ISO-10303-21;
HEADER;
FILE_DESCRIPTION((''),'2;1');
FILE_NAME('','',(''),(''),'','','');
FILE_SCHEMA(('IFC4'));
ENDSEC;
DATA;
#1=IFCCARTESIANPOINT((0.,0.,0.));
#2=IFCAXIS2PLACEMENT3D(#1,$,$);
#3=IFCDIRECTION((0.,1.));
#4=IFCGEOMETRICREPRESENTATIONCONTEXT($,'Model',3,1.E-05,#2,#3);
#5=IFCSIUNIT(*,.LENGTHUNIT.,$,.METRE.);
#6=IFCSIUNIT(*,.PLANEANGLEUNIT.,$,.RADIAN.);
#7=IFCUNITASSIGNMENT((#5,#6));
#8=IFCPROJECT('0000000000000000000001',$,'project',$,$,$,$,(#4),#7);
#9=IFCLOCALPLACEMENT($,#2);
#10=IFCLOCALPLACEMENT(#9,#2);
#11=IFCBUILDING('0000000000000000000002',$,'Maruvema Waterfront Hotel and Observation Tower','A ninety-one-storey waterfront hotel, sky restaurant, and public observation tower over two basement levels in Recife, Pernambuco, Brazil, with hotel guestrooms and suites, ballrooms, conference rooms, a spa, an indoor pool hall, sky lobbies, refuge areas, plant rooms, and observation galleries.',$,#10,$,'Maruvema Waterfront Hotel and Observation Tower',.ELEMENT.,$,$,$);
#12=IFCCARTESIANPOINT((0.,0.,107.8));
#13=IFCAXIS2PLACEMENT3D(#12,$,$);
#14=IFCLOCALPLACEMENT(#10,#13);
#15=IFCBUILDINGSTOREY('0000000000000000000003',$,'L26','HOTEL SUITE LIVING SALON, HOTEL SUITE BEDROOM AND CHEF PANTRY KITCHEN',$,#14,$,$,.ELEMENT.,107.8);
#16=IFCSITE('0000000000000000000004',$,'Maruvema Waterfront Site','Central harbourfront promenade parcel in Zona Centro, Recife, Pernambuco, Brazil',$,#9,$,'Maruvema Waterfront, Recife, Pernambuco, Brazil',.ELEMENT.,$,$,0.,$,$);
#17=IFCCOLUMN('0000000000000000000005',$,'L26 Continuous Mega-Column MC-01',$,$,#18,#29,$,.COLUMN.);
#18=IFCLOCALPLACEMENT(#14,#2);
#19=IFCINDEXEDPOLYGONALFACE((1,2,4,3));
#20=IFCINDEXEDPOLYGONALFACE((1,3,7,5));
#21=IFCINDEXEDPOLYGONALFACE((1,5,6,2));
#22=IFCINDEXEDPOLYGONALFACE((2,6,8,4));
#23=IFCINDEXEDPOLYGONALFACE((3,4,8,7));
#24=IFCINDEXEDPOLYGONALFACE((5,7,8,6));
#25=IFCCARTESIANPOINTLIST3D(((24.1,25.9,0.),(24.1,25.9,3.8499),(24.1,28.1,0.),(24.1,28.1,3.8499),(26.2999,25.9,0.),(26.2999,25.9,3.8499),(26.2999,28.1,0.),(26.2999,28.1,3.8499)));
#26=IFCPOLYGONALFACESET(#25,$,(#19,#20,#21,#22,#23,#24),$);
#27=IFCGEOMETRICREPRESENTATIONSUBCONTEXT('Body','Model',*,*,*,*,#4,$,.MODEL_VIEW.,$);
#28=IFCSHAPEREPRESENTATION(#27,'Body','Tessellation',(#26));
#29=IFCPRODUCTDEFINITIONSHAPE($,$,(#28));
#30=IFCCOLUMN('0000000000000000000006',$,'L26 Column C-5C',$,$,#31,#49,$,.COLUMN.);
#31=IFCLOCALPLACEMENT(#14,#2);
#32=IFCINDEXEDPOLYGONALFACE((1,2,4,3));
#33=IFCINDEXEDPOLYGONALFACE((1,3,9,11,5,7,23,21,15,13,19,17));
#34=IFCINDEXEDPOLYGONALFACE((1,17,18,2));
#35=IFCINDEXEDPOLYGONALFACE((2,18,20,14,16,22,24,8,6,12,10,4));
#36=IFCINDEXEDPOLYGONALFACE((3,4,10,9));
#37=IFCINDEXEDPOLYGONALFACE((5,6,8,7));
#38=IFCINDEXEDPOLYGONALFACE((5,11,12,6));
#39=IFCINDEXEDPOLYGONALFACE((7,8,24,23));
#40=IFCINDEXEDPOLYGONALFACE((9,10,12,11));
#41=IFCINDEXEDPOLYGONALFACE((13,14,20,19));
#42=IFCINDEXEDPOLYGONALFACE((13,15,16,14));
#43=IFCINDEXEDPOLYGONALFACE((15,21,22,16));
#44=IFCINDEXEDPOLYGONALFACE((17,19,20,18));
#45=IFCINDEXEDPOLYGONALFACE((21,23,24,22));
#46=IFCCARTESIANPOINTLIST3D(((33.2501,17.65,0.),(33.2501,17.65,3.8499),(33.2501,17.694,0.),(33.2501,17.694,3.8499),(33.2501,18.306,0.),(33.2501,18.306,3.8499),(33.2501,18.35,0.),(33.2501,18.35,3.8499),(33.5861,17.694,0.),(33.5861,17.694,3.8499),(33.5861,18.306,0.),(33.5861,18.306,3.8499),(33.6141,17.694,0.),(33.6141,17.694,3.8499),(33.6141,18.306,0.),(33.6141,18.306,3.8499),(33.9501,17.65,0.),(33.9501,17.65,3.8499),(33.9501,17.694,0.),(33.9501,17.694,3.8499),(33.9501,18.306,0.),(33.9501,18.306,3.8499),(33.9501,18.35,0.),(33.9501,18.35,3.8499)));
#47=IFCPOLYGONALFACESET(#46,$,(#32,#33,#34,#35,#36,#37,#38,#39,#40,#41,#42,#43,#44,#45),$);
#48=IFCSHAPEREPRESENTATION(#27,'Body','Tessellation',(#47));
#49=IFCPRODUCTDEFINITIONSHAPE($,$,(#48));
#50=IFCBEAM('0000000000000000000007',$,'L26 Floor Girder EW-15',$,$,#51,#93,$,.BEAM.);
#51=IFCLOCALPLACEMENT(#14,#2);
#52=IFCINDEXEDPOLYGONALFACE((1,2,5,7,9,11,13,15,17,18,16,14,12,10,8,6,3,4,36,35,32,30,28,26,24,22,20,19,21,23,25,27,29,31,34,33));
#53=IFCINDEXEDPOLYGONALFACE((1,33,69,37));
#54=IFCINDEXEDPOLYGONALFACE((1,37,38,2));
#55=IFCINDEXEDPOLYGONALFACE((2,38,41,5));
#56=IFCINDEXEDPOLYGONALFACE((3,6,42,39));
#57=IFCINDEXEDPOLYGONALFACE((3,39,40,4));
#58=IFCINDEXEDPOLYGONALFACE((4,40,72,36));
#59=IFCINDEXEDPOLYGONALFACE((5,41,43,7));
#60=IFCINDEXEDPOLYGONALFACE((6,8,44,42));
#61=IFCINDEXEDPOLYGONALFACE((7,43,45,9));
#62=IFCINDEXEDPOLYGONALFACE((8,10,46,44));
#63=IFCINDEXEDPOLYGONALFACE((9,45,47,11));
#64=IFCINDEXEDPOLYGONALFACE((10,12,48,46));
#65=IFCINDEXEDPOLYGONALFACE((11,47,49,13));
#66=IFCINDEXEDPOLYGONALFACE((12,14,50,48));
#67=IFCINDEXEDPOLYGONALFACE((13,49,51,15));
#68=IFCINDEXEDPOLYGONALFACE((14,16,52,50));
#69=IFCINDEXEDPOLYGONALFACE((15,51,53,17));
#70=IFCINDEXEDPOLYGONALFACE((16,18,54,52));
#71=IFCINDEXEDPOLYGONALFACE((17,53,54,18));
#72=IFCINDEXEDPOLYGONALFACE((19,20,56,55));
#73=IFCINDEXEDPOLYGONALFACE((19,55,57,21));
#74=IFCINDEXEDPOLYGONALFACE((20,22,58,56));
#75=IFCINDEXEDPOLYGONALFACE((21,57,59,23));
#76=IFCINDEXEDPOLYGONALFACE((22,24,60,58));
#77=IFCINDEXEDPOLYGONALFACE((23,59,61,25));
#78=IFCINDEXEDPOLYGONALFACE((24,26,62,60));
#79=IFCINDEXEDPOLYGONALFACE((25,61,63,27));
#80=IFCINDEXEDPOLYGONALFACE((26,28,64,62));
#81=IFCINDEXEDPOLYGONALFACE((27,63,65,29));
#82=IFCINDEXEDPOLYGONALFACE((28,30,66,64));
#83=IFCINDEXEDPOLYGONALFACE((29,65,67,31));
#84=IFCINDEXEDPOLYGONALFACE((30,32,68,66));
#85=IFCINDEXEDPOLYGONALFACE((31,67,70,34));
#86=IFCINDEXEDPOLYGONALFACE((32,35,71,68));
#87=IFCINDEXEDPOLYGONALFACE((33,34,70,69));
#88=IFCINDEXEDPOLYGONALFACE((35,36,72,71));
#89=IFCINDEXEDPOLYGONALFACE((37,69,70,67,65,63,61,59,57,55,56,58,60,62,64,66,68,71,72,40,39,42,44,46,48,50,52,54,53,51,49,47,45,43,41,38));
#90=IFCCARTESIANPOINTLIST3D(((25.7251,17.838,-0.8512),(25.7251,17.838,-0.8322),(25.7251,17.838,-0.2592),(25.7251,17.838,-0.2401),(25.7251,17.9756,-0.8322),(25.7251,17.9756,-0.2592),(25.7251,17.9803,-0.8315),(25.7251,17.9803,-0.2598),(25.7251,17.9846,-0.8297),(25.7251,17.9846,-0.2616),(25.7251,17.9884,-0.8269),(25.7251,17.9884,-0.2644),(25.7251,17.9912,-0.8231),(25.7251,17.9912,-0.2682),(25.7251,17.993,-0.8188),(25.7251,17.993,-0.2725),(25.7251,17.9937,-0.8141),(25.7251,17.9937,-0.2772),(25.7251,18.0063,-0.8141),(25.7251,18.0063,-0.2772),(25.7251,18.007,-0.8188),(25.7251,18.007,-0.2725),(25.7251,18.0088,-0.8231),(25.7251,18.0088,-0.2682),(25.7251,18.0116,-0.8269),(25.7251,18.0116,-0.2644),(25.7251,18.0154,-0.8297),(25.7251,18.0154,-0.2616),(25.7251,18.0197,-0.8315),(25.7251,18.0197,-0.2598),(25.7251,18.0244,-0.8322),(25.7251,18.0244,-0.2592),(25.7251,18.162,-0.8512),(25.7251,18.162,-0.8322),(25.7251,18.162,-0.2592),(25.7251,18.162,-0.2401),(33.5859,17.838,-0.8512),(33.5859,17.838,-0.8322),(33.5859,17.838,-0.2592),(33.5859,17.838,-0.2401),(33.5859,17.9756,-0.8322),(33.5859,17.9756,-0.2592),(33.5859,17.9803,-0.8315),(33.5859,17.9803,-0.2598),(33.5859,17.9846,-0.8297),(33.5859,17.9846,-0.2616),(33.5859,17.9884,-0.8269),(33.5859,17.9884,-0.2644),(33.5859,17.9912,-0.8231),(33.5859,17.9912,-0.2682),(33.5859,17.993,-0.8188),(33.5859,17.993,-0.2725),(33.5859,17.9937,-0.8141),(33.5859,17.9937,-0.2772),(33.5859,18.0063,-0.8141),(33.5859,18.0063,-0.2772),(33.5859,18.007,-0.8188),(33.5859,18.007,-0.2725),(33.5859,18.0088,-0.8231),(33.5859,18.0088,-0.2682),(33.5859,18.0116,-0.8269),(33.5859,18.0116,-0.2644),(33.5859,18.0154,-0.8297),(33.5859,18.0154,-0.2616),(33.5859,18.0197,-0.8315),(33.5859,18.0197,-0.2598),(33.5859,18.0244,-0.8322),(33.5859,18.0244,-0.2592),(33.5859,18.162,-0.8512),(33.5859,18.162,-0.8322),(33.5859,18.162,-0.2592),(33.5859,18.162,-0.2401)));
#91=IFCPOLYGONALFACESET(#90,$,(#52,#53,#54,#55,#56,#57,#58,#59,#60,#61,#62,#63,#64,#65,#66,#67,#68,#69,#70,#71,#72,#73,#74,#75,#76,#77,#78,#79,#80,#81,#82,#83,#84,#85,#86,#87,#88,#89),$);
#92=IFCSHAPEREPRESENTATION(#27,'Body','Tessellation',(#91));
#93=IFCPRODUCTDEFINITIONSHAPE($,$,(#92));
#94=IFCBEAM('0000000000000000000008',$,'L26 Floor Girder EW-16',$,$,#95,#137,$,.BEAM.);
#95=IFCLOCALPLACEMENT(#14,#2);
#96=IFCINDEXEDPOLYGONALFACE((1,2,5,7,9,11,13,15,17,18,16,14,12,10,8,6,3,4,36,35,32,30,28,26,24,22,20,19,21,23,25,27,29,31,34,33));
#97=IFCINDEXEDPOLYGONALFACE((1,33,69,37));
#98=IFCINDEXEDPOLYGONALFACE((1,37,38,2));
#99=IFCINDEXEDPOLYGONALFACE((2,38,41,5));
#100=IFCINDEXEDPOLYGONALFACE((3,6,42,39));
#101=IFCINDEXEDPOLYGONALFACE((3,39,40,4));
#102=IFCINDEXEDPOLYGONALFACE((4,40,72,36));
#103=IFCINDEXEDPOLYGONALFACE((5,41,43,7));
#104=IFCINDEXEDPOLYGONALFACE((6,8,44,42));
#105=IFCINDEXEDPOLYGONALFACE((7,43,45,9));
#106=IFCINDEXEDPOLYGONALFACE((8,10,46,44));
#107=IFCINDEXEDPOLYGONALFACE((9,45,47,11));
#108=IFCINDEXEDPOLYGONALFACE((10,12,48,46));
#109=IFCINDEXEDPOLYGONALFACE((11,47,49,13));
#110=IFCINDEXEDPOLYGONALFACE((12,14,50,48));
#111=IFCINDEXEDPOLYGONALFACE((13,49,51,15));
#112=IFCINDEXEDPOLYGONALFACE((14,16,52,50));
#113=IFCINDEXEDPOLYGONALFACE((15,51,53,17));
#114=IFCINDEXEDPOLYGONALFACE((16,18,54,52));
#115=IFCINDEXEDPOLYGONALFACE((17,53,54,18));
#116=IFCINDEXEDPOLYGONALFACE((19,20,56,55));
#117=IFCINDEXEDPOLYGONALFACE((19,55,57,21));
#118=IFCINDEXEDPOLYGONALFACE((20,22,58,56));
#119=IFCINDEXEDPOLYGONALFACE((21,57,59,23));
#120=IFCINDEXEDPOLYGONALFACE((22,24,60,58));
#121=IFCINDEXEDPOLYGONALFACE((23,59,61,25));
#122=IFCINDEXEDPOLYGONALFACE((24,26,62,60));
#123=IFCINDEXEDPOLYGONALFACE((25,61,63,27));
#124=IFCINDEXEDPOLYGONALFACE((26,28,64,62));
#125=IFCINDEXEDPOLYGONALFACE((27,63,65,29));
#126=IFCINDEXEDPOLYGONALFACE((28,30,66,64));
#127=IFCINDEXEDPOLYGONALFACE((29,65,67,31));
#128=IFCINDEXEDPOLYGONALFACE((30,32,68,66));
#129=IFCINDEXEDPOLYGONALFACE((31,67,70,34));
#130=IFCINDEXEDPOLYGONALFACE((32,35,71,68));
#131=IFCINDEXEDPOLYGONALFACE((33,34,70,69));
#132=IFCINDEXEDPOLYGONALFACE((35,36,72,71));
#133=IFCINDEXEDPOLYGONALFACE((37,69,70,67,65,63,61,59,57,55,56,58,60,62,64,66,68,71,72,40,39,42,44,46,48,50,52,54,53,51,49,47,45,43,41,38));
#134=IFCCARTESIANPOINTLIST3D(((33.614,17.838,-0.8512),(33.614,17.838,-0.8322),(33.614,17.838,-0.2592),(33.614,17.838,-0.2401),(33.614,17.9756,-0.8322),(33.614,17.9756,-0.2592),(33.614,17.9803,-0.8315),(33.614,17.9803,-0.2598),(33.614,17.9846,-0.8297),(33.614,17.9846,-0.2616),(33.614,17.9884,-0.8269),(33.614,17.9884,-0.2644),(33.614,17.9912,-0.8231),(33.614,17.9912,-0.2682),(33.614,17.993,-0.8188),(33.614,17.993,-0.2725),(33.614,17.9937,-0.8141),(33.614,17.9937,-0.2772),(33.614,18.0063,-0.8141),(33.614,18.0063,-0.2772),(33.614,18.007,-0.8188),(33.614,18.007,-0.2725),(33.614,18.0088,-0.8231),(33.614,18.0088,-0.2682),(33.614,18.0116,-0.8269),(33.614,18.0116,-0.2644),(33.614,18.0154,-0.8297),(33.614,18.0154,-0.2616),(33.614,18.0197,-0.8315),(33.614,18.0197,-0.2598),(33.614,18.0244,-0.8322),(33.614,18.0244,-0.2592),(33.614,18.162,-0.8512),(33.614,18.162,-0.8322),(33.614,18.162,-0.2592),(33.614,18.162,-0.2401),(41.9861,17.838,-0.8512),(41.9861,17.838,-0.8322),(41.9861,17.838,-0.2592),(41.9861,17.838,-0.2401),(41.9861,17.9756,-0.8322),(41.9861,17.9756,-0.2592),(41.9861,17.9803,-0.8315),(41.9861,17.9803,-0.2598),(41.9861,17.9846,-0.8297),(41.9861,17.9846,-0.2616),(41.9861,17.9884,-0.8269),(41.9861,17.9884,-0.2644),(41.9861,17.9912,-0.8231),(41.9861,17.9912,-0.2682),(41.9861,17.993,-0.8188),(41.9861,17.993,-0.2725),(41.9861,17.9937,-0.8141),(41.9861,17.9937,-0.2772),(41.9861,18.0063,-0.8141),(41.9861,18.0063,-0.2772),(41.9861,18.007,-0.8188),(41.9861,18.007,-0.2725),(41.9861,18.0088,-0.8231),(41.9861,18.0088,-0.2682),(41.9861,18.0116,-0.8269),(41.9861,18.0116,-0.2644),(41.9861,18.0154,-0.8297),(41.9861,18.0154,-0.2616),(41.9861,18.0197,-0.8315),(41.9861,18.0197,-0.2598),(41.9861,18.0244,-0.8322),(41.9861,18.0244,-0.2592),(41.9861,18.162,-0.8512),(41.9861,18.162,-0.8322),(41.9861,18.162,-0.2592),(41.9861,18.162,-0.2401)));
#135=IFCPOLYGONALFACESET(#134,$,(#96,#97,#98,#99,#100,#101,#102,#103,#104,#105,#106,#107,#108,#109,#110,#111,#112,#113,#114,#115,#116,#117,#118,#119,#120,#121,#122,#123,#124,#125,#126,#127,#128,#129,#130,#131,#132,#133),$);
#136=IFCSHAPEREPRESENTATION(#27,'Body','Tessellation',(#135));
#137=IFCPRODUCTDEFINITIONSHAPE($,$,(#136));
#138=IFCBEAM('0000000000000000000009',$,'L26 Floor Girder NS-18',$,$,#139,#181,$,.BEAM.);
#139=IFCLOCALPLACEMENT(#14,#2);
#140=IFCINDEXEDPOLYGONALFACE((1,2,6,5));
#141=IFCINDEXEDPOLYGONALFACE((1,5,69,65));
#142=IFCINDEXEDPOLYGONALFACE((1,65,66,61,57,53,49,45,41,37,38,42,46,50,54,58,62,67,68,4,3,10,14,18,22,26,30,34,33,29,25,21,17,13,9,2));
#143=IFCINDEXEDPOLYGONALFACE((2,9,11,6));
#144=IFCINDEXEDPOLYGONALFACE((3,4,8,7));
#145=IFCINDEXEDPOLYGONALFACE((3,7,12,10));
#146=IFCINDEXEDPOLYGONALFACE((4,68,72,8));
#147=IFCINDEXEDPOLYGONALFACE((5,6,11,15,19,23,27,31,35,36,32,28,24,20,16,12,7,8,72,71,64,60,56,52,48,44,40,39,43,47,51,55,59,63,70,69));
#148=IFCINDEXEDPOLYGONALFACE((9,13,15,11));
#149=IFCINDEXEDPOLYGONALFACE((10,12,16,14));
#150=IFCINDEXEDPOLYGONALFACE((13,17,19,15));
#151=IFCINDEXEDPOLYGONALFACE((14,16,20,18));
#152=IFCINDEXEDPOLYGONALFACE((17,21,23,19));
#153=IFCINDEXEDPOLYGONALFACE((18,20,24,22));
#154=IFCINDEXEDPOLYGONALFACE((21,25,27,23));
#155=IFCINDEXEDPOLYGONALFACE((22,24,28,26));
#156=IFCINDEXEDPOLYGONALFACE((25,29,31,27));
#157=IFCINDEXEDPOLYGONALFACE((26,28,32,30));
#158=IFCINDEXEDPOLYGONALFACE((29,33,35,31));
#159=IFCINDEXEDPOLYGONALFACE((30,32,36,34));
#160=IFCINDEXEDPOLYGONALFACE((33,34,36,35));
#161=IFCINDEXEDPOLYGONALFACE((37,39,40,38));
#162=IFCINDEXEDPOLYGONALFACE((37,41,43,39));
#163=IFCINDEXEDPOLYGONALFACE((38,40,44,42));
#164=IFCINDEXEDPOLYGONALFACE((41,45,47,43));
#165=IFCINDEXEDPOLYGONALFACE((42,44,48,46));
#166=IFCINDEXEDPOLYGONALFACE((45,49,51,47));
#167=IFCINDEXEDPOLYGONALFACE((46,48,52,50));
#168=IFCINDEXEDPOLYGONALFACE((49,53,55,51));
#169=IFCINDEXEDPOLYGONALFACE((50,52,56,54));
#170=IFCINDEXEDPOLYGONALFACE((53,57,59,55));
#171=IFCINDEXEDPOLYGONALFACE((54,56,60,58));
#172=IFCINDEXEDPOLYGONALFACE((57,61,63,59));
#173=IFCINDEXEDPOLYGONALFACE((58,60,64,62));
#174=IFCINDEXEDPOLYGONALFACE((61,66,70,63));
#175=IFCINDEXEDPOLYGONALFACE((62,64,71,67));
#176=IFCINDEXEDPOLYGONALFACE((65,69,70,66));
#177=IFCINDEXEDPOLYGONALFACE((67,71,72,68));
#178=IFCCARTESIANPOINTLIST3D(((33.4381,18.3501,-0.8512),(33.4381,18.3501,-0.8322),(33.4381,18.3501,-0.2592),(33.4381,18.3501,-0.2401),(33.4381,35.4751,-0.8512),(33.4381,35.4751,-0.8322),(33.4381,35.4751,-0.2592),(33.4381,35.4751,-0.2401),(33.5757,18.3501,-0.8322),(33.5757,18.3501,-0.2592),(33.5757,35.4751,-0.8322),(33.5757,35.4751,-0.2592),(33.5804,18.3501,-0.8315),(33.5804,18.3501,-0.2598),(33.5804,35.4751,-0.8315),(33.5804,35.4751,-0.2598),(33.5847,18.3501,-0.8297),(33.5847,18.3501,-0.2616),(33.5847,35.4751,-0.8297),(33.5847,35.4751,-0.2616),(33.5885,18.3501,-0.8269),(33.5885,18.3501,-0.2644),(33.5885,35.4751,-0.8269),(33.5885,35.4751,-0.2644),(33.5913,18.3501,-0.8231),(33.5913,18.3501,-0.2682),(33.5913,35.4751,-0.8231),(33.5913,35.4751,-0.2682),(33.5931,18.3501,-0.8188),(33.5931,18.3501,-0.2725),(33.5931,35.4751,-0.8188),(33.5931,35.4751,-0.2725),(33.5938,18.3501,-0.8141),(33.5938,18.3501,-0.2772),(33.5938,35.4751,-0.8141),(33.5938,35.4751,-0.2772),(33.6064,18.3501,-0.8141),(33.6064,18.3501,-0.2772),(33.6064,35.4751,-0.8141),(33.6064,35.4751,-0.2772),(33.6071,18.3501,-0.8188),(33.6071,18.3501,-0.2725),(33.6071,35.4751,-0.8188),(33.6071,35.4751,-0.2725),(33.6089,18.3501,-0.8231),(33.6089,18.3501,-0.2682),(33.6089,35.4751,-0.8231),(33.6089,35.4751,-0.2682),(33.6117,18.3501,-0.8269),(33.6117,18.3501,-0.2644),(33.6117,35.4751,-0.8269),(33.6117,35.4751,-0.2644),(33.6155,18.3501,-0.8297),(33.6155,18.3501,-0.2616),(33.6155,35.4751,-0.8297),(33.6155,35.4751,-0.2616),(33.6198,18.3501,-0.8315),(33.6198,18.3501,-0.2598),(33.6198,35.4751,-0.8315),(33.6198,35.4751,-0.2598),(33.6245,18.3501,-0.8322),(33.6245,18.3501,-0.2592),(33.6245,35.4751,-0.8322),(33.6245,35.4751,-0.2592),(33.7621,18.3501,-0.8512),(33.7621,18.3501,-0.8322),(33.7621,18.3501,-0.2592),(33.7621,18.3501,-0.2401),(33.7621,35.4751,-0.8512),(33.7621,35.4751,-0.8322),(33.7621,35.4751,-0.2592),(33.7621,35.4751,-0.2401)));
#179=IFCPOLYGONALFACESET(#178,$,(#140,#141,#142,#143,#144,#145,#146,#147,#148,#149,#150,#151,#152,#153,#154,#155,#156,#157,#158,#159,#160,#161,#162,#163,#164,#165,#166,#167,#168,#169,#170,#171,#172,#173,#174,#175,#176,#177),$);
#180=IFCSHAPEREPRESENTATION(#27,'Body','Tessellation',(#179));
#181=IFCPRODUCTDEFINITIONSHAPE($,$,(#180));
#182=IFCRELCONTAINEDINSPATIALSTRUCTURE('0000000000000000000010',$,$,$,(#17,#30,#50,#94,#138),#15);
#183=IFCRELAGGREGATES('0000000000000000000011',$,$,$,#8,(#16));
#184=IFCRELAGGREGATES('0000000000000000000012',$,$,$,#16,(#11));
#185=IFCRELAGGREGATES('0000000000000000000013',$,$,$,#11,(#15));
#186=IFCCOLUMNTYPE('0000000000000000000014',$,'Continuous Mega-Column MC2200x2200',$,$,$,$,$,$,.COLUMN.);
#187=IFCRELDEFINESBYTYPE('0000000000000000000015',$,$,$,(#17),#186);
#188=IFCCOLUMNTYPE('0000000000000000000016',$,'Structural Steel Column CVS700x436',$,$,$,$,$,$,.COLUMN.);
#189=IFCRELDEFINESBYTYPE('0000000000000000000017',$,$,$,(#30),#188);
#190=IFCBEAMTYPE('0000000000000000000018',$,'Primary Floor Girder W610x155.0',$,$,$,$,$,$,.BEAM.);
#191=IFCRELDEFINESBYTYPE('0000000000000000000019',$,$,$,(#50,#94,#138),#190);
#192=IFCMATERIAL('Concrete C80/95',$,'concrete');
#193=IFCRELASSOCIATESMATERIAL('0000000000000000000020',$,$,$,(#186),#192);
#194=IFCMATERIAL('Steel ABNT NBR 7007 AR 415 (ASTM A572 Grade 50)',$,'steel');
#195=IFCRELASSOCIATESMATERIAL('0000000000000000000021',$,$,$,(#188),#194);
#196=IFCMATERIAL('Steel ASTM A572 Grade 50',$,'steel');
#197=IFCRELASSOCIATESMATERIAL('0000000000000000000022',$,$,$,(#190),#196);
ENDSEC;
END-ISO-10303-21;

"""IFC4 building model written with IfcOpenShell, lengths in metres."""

from ifc_helpers import new_model, si_unit, direction, frame, origin, origin_2d, place, context, subcontext, project, spatial, rectangle, i_section, extrude, material, material_profile, profile_set, type_object, element, save


model = new_model("IFC4")

# Units and contexts
model_context = context("Model", 3, precision=1e-05, world=origin(), true_north=direction((0.0, 1.0)))
body_context = subcontext(model_context, "Body", "Model", "MODEL_VIEW")
ifc_project = project(units=[si_unit("LENGTHUNIT", "METRE"), si_unit("PLANEANGLEUNIT", "RADIAN")], contexts=[model_context])

# Site, building, storey
site_placement = place(None, origin())
site = spatial("IfcSite", under=ifc_project, at=site_placement, Name="Maruvema Waterfront Site", Description="Central harbourfront promenade parcel in Zona Centro, Recife, Pernambuco, Brazil", LongName="Maruvema Waterfront, Recife, Pernambuco, Brazil", CompositionType="ELEMENT", RefElevation=0.0)
building_placement = place(site_placement, origin())
building = spatial("IfcBuilding", under=site, at=building_placement, Name="Maruvema Waterfront Hotel and Observation Tower", Description="A ninety-one-storey waterfront hotel, sky restaurant, and public observation tower over two basement levels in Recife, Pernambuco, Brazil, with hotel guestrooms and suites, ballrooms, conference rooms, a spa, an indoor pool hall, sky lobbies, refuge areas, plant rooms, and observation galleries.", LongName="Maruvema Waterfront Hotel and Observation Tower", CompositionType="ELEMENT")
storey_placement = place(building_placement, frame((0.0, 0.0, 107.8)))
storey = spatial("IfcBuildingStorey", under=building, at=storey_placement, Name="L26", Description="HOTEL SUITE LIVING SALON, HOTEL SUITE BEDROOM AND CHEF PANTRY KITCHEN", CompositionType="ELEMENT", Elevation=107.8)

# Columns
ifc_material_1 = material(Name="Concrete C80/95", Category="concrete")
ifc_material_profile_1 = material_profile(ifc_material_1, rectangle(XDim=2.2, YDim=2.2, at=origin_2d()), Name="MC2200x2200")
ifc_profile_set_1 = profile_set([ifc_material_profile_1], Name="Concrete C80/95")
column_type_1 = type_object("IfcColumnType", Name="Continuous Mega-Column MC2200x2200", PredefinedType="COLUMN", material=ifc_profile_set_1)
column_1_placement = place(storey_placement, frame((25.2, 27.0, 0.0), z_axis=(0.0, 0.0, 1.0), x_axis=(1.0, 0.0, 0.0)))
element("IfcColumn", 1, at=column_1_placement, inside=storey, type_object=column_type_1, Name="L26 Continuous Mega-Column MC-01", PredefinedType="COLUMN", context=body_context, shape_type="SweptSolid", body=[
    extrude(rectangle(XDim=2.2, YDim=2.2, at=origin_2d()), origin(), (0.0, 0.0, 1.0), 3.8499),
])
ifc_material_2 = material(Name="Steel ABNT NBR 7007 AR 415 (ASTM A572 Grade 50)", Category="steel")
ifc_material_profile_2 = material_profile(ifc_material_2, i_section(OverallWidth=0.7, OverallDepth=0.7, WebThickness=0.0281, FlangeThickness=0.0439, at=origin_2d()), Name="CVS700x436")
ifc_profile_set_2 = profile_set([ifc_material_profile_2], Name="Steel ABNT NBR 7007 AR 415 (ASTM A572 Grade 50)")
column_type_2 = type_object("IfcColumnType", Name="Structural Steel Column CVS700x436", PredefinedType="COLUMN", material=ifc_profile_set_2)
column_2_placement = place(storey_placement, frame((33.6001, 18.0, 0.0), z_axis=(0.0, 0.0, 1.0), x_axis=(1.0, 0.0, 0.0)))
element("IfcColumn", 2, at=column_2_placement, inside=storey, type_object=column_type_2, Name="L26 Column C-5C", PredefinedType="COLUMN", context=body_context, shape_type="SweptSolid", body=[
    extrude(i_section(OverallWidth=0.7, OverallDepth=0.7, WebThickness=0.0281, FlangeThickness=0.0439, at=origin_2d()), origin(), (0.0, 0.0, 1.0), 3.8499),
])

# Beams
ifc_material_3 = material(Name="Steel ASTM A572 Grade 50", Category="steel")
ifc_material_profile_3 = material_profile(ifc_material_3, i_section(OverallWidth=0.324, OverallDepth=0.6111, WebThickness=0.0127, FlangeThickness=0.019, FilletRadius=0.0181, at=origin_2d()), Name="W610x155.0")
ifc_profile_set_3 = profile_set([ifc_material_profile_3], Name="Steel ASTM A572 Grade 50")
beam_type_1 = type_object("IfcBeamType", Name="Primary Floor Girder W610x155.0", PredefinedType="BEAM", material=ifc_profile_set_3)
beam_1_placement = place(storey_placement, frame((25.7251, 18.0, -0.5457), z_axis=(1.0, 0.0, 0.0), x_axis=(0.0, 1.0, 0.0)))
element("IfcBeam", 3, at=beam_1_placement, inside=storey, type_object=beam_type_1, Name="L26 Floor Girder EW-15", PredefinedType="BEAM", context=body_context, shape_type="SweptSolid", body=[
    extrude(i_section(OverallWidth=0.324, OverallDepth=0.6111, WebThickness=0.0127, FlangeThickness=0.019, FilletRadius=0.0181, at=origin_2d()), origin(), (0.0, 0.0, 1.0), 7.8608),
])
beam_2_placement = place(storey_placement, frame((33.614, 18.0, -0.5457), z_axis=(1.0, 0.0, 0.0), x_axis=(0.0, 1.0, 0.0)))
element("IfcBeam", 4, at=beam_2_placement, inside=storey, type_object=beam_type_1, Name="L26 Floor Girder EW-16", PredefinedType="BEAM", context=body_context, shape_type="SweptSolid", body=[
    extrude(i_section(OverallWidth=0.324, OverallDepth=0.6111, WebThickness=0.0127, FlangeThickness=0.019, FilletRadius=0.0181, at=origin_2d()), origin(), (0.0, 0.0, 1.0), 8.3721),
])
beam_3_placement = place(storey_placement, frame((33.6001, 18.3501, -0.5457), z_axis=(0.0, 1.0, 0.0), x_axis=(-1.0, 0.0, 0.0)))
element("IfcBeam", 5, at=beam_3_placement, inside=storey, type_object=beam_type_1, Name="L26 Floor Girder NS-18", PredefinedType="BEAM", context=body_context, shape_type="SweptSolid", body=[
    extrude(i_section(OverallWidth=0.324, OverallDepth=0.6111, WebThickness=0.0127, FlangeThickness=0.019, FilletRadius=0.0181, at=origin_2d()), origin(), (0.0, 0.0, 1.0), 17.125),
])

save(model, "model.ifc")
